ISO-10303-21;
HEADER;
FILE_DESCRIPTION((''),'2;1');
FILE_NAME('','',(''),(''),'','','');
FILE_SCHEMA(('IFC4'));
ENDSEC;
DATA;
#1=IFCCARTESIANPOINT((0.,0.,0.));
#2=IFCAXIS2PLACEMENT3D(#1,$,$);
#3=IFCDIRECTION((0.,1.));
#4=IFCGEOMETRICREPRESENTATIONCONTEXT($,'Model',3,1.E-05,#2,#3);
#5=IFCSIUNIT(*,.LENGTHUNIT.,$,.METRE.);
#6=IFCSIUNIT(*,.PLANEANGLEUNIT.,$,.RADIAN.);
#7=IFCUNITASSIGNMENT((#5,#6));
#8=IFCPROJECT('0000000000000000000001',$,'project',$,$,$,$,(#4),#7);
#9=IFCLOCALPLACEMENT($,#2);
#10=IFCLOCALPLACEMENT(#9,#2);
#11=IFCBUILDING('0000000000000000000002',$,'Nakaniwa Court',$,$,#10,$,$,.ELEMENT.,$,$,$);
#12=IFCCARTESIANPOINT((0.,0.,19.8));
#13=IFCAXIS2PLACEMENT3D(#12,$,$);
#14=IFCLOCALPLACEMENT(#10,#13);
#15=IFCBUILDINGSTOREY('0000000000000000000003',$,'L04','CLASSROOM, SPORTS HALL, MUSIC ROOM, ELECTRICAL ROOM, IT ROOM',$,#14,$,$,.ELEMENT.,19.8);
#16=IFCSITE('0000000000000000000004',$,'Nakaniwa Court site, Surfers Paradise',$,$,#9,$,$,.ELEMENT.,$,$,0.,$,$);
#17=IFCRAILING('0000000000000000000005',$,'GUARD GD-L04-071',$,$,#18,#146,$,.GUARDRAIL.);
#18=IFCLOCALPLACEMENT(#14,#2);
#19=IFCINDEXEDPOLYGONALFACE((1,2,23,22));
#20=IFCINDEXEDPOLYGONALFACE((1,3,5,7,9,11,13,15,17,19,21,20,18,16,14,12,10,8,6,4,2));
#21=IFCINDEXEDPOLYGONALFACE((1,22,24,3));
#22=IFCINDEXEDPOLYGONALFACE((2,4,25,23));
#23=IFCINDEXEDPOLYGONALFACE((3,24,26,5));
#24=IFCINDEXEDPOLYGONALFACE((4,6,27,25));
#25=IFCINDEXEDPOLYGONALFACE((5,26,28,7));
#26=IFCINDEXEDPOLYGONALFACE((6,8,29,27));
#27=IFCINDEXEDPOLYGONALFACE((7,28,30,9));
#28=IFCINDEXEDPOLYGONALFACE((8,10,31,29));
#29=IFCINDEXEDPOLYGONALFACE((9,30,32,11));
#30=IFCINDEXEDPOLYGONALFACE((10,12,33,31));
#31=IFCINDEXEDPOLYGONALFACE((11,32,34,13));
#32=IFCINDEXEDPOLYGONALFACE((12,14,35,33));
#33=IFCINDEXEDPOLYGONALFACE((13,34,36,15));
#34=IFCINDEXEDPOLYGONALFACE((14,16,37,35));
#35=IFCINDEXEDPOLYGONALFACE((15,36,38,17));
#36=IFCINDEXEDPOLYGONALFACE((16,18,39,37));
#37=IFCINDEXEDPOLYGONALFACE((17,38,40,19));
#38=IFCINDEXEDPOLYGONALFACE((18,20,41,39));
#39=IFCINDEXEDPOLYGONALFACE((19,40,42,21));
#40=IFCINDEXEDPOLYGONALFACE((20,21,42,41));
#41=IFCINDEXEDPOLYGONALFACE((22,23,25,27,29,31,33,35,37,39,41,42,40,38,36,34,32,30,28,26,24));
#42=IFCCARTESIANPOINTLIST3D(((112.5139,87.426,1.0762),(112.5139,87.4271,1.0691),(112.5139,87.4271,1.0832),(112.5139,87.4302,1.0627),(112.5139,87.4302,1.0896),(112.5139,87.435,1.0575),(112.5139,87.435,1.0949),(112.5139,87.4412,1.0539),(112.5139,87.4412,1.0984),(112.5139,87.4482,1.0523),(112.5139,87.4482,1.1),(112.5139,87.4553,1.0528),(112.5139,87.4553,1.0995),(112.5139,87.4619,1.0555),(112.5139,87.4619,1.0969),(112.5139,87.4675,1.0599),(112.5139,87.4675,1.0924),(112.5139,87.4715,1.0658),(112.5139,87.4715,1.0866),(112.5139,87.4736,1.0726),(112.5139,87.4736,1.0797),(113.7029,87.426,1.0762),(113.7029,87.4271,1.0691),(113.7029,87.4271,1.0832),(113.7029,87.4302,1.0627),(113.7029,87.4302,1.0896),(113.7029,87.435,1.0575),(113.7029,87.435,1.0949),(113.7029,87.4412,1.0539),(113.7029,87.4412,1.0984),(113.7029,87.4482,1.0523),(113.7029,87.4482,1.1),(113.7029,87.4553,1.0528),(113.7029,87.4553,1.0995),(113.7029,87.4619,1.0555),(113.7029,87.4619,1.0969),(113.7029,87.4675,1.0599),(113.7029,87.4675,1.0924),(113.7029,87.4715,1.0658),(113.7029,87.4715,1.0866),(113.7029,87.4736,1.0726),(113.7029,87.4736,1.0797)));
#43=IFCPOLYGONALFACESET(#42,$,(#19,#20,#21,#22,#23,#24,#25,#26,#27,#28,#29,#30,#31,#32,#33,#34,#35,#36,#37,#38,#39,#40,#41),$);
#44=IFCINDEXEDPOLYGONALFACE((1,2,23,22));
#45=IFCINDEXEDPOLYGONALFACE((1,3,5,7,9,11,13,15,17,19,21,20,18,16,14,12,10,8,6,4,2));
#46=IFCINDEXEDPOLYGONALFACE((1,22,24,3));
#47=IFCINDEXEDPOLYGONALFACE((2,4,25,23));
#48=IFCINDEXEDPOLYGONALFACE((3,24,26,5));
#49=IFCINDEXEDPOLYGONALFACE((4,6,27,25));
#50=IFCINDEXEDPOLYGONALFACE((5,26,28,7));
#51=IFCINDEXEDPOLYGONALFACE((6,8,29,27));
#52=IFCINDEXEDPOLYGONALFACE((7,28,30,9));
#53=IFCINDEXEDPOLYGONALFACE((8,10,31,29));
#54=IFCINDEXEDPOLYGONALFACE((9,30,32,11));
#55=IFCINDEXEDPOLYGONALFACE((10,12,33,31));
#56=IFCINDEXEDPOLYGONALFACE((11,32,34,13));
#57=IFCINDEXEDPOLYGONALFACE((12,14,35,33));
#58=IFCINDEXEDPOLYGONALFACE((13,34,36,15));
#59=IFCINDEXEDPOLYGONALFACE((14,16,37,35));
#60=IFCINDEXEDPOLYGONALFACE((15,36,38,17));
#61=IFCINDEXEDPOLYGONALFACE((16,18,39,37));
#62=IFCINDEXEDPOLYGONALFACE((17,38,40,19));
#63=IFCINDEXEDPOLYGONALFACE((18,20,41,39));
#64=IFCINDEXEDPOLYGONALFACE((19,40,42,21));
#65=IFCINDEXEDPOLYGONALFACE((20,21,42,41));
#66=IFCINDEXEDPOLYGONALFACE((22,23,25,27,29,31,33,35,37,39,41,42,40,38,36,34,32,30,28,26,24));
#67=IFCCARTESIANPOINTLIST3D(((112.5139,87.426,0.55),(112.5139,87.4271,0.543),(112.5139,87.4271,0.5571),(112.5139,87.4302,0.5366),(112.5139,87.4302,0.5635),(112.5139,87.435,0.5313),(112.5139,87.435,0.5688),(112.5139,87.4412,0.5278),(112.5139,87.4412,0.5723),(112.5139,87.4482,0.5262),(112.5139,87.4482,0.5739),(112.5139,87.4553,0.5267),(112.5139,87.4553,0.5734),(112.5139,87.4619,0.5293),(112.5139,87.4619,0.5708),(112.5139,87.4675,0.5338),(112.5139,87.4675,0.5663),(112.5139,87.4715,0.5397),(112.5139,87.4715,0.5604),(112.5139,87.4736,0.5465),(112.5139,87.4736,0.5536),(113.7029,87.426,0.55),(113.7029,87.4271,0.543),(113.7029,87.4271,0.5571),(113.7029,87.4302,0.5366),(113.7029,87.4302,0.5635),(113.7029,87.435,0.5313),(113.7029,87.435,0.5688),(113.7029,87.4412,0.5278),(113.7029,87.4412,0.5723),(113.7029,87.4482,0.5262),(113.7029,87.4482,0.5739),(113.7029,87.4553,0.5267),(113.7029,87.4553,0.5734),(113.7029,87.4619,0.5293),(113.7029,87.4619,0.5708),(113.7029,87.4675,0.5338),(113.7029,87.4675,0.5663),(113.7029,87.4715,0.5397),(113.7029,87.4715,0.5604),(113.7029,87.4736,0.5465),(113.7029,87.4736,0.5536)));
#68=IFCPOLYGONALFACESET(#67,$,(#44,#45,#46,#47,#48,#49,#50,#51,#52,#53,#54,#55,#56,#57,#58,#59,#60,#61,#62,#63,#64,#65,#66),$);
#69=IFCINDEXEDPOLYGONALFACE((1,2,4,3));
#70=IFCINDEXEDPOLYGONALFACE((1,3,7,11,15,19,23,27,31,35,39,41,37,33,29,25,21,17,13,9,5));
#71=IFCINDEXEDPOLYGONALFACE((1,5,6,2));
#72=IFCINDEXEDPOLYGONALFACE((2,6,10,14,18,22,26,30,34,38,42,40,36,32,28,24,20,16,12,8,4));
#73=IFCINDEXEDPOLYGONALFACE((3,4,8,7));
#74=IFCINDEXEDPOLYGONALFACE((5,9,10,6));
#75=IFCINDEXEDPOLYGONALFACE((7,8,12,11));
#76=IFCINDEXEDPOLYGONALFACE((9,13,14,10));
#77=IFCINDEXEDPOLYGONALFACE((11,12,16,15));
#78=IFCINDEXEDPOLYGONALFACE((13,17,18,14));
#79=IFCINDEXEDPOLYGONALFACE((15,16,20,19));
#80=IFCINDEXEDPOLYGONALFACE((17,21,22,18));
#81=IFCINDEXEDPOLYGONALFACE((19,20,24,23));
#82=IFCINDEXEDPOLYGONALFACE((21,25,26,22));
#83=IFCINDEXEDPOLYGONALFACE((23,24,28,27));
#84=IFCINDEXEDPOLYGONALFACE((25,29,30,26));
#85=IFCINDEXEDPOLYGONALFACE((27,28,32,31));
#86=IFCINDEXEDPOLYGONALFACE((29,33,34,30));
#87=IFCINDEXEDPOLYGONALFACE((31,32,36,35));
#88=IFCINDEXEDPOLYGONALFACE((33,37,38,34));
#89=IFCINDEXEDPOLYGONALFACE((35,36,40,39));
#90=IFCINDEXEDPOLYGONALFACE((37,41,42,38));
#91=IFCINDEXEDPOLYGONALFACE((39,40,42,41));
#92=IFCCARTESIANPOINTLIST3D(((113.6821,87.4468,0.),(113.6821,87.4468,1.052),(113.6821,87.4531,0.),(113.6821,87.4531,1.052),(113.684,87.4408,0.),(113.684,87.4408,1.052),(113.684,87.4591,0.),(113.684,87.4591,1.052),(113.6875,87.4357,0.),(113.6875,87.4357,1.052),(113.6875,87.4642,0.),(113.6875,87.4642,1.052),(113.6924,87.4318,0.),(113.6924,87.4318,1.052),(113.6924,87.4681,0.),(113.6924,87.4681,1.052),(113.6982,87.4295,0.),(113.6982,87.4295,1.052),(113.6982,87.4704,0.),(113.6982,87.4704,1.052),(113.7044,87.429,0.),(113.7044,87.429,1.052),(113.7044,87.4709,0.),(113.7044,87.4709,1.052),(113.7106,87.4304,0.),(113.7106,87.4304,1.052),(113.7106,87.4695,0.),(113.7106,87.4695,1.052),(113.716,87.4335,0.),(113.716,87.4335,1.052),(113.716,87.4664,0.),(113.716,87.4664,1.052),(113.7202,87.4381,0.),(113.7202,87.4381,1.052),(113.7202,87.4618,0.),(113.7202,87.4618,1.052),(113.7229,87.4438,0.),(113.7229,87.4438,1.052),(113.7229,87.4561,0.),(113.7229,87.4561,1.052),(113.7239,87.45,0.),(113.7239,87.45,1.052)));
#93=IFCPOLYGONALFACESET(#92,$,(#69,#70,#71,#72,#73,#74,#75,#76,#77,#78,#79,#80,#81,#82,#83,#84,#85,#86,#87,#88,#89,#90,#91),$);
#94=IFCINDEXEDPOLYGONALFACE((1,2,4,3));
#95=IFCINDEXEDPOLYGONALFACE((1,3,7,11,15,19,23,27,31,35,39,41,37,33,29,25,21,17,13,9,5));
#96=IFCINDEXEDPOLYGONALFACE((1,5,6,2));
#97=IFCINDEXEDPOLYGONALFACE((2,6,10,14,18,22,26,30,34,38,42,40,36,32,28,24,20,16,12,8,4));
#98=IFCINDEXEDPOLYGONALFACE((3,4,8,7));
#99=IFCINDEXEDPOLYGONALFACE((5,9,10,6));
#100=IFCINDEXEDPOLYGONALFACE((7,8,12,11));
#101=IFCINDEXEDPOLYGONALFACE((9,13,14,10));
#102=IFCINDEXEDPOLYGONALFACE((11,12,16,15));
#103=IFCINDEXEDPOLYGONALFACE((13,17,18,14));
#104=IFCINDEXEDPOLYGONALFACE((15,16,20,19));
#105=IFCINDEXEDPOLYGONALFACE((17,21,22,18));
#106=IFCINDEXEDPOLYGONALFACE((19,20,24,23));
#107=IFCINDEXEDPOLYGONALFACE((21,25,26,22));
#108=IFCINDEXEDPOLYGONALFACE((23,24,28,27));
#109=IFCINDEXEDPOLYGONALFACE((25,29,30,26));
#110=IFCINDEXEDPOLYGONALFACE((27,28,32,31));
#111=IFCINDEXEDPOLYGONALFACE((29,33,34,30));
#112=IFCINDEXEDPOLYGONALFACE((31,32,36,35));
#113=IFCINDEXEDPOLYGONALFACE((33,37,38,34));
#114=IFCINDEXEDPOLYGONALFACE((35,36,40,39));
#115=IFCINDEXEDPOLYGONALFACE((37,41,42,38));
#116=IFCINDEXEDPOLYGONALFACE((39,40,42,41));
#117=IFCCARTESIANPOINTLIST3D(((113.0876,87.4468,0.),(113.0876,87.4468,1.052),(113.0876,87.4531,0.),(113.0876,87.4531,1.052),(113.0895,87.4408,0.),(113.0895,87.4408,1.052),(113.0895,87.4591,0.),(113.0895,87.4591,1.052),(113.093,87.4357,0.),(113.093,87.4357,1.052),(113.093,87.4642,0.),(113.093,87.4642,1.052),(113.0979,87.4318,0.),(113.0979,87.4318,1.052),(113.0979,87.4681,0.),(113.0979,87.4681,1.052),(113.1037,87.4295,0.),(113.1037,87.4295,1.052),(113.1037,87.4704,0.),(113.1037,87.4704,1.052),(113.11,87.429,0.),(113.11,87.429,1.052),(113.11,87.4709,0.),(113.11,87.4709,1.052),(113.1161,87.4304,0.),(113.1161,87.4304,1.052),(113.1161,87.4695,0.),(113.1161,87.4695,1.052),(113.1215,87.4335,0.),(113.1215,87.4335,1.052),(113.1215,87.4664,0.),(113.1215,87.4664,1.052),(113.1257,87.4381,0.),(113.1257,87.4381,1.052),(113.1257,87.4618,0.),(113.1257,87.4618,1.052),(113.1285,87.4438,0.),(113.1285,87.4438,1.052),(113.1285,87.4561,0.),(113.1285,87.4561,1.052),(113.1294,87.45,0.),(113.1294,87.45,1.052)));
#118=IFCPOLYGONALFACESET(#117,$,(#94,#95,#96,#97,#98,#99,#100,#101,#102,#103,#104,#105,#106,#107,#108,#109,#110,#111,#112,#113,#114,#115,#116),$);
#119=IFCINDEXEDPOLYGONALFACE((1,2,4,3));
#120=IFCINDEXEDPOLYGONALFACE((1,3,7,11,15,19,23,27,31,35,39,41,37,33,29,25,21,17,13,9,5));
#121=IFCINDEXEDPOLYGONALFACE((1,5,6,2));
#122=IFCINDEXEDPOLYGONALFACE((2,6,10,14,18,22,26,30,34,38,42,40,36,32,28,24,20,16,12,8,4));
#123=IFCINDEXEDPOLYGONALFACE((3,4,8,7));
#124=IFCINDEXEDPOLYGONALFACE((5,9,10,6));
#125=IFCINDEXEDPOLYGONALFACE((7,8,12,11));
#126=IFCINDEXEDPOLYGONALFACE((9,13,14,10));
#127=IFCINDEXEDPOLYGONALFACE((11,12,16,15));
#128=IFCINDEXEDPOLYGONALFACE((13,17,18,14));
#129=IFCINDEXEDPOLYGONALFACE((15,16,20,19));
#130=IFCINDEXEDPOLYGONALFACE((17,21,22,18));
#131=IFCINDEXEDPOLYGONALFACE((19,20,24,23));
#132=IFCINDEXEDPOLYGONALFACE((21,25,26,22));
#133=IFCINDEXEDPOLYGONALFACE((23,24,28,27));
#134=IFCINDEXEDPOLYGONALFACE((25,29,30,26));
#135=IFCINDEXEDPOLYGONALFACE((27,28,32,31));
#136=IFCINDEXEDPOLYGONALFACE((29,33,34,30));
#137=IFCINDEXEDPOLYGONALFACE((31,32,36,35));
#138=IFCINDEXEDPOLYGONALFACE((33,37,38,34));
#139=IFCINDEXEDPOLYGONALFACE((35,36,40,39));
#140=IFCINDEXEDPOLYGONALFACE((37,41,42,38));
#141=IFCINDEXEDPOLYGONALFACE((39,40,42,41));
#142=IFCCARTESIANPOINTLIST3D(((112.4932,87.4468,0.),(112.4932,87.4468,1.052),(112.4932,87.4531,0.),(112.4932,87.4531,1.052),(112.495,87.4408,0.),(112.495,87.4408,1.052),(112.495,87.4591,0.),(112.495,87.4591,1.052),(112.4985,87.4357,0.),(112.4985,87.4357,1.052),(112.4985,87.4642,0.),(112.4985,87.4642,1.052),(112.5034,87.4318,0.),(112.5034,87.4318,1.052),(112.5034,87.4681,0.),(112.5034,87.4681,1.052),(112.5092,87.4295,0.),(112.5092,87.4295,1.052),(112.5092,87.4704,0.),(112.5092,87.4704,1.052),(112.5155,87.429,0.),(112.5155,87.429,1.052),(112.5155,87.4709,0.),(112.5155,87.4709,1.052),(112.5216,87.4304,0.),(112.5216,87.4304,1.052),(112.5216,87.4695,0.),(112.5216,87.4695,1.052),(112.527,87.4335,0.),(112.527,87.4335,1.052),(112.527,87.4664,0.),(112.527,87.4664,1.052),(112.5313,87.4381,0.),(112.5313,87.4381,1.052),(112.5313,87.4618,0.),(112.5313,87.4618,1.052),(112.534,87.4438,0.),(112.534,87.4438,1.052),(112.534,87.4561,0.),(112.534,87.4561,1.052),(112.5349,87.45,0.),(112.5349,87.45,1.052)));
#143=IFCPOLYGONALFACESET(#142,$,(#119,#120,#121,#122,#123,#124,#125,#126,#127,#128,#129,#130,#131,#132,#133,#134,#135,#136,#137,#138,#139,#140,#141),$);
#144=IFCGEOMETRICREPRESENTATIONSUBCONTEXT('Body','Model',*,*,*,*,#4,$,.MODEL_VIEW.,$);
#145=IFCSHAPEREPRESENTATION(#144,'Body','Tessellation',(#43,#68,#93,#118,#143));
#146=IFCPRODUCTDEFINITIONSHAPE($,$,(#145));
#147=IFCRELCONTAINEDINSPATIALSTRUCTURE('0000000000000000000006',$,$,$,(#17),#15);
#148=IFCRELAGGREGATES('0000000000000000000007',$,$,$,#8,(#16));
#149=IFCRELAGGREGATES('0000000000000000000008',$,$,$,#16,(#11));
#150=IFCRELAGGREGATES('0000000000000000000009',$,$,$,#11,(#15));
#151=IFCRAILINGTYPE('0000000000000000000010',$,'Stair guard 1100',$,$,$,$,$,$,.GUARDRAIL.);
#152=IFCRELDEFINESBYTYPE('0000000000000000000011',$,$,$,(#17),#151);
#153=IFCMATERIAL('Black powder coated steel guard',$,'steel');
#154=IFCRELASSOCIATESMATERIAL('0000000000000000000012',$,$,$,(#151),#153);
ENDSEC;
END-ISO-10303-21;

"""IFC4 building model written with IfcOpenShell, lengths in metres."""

from ifc_helpers import new_model, si_unit, direction, frame, origin, origin_2d, place, context, subcontext, project, spatial, circle, extrude, material, type_object, element, save


model = new_model("IFC4")

# Units and contexts
model_context = context("Model", 3, precision=1e-05, world=origin(), true_north=direction((0.0, 1.0)))
body_context = subcontext(model_context, "Body", "Model", "MODEL_VIEW")
ifc_project = project(units=[si_unit("LENGTHUNIT", "METRE"), si_unit("PLANEANGLEUNIT", "RADIAN")], contexts=[model_context])

# Site, building, storey
site_placement = place(None, origin())
site = spatial("IfcSite", under=ifc_project, at=site_placement, Name="Nakaniwa Court site, Surfers Paradise", CompositionType="ELEMENT", RefElevation=0.0)
building_placement = place(site_placement, origin())
building = spatial("IfcBuilding", under=site, at=building_placement, Name="Nakaniwa Court", CompositionType="ELEMENT")
storey_placement = place(building_placement, frame((0.0, 0.0, 19.8)))
storey = spatial("IfcBuildingStorey", under=building, at=storey_placement, Name="L04", Description="CLASSROOM, SPORTS HALL, MUSIC ROOM, ELECTRICAL ROOM, IT ROOM", CompositionType="ELEMENT", Elevation=19.8)

# Railing
ifc_material_1 = material(Name="Black powder coated steel guard", Category="steel")
railing_type_1 = type_object("IfcRailingType", Name="Stair guard 1100", PredefinedType="GUARDRAIL", material=ifc_material_1)
railing_1_placement = place(storey_placement, frame((113.7029, 87.45, 0.0)))
element("IfcRailing", 1, at=railing_1_placement, inside=storey, type_object=railing_type_1, Name="GUARD GD-L04-071", PredefinedType="GUARDRAIL", context=body_context, shape_type="SweptSolid", body=[
    extrude(circle(Radius=0.0239, at=origin_2d()), frame((0.0, 0.0, 1.0762), z_axis=(-1.0, 0.0, 0.0), x_axis=(0.0, -1.0, 0.0)), (0.0, 0.0, 1.0), 1.189),
    extrude(circle(Radius=0.0239, at=origin_2d()), frame((0.0, 0.0, 0.55), z_axis=(-1.0, 0.0, 0.0), x_axis=(0.0, -1.0, 0.0)), (0.0, 0.0, 1.0), 1.189),
    extrude(circle(Radius=0.021, at=origin_2d()), origin(), (0.0, 0.0, 1.0), 1.052),
    extrude(circle(Radius=0.021, at=origin_2d()), frame((-0.5945, 0.0, 0.0)), (0.0, 0.0, 1.0), 1.052),
    extrude(circle(Radius=0.021, at=origin_2d()), frame((-1.189, 0.0, 0.0)), (0.0, 0.0, 1.0), 1.052),
])

save(model, "model.ifc")
